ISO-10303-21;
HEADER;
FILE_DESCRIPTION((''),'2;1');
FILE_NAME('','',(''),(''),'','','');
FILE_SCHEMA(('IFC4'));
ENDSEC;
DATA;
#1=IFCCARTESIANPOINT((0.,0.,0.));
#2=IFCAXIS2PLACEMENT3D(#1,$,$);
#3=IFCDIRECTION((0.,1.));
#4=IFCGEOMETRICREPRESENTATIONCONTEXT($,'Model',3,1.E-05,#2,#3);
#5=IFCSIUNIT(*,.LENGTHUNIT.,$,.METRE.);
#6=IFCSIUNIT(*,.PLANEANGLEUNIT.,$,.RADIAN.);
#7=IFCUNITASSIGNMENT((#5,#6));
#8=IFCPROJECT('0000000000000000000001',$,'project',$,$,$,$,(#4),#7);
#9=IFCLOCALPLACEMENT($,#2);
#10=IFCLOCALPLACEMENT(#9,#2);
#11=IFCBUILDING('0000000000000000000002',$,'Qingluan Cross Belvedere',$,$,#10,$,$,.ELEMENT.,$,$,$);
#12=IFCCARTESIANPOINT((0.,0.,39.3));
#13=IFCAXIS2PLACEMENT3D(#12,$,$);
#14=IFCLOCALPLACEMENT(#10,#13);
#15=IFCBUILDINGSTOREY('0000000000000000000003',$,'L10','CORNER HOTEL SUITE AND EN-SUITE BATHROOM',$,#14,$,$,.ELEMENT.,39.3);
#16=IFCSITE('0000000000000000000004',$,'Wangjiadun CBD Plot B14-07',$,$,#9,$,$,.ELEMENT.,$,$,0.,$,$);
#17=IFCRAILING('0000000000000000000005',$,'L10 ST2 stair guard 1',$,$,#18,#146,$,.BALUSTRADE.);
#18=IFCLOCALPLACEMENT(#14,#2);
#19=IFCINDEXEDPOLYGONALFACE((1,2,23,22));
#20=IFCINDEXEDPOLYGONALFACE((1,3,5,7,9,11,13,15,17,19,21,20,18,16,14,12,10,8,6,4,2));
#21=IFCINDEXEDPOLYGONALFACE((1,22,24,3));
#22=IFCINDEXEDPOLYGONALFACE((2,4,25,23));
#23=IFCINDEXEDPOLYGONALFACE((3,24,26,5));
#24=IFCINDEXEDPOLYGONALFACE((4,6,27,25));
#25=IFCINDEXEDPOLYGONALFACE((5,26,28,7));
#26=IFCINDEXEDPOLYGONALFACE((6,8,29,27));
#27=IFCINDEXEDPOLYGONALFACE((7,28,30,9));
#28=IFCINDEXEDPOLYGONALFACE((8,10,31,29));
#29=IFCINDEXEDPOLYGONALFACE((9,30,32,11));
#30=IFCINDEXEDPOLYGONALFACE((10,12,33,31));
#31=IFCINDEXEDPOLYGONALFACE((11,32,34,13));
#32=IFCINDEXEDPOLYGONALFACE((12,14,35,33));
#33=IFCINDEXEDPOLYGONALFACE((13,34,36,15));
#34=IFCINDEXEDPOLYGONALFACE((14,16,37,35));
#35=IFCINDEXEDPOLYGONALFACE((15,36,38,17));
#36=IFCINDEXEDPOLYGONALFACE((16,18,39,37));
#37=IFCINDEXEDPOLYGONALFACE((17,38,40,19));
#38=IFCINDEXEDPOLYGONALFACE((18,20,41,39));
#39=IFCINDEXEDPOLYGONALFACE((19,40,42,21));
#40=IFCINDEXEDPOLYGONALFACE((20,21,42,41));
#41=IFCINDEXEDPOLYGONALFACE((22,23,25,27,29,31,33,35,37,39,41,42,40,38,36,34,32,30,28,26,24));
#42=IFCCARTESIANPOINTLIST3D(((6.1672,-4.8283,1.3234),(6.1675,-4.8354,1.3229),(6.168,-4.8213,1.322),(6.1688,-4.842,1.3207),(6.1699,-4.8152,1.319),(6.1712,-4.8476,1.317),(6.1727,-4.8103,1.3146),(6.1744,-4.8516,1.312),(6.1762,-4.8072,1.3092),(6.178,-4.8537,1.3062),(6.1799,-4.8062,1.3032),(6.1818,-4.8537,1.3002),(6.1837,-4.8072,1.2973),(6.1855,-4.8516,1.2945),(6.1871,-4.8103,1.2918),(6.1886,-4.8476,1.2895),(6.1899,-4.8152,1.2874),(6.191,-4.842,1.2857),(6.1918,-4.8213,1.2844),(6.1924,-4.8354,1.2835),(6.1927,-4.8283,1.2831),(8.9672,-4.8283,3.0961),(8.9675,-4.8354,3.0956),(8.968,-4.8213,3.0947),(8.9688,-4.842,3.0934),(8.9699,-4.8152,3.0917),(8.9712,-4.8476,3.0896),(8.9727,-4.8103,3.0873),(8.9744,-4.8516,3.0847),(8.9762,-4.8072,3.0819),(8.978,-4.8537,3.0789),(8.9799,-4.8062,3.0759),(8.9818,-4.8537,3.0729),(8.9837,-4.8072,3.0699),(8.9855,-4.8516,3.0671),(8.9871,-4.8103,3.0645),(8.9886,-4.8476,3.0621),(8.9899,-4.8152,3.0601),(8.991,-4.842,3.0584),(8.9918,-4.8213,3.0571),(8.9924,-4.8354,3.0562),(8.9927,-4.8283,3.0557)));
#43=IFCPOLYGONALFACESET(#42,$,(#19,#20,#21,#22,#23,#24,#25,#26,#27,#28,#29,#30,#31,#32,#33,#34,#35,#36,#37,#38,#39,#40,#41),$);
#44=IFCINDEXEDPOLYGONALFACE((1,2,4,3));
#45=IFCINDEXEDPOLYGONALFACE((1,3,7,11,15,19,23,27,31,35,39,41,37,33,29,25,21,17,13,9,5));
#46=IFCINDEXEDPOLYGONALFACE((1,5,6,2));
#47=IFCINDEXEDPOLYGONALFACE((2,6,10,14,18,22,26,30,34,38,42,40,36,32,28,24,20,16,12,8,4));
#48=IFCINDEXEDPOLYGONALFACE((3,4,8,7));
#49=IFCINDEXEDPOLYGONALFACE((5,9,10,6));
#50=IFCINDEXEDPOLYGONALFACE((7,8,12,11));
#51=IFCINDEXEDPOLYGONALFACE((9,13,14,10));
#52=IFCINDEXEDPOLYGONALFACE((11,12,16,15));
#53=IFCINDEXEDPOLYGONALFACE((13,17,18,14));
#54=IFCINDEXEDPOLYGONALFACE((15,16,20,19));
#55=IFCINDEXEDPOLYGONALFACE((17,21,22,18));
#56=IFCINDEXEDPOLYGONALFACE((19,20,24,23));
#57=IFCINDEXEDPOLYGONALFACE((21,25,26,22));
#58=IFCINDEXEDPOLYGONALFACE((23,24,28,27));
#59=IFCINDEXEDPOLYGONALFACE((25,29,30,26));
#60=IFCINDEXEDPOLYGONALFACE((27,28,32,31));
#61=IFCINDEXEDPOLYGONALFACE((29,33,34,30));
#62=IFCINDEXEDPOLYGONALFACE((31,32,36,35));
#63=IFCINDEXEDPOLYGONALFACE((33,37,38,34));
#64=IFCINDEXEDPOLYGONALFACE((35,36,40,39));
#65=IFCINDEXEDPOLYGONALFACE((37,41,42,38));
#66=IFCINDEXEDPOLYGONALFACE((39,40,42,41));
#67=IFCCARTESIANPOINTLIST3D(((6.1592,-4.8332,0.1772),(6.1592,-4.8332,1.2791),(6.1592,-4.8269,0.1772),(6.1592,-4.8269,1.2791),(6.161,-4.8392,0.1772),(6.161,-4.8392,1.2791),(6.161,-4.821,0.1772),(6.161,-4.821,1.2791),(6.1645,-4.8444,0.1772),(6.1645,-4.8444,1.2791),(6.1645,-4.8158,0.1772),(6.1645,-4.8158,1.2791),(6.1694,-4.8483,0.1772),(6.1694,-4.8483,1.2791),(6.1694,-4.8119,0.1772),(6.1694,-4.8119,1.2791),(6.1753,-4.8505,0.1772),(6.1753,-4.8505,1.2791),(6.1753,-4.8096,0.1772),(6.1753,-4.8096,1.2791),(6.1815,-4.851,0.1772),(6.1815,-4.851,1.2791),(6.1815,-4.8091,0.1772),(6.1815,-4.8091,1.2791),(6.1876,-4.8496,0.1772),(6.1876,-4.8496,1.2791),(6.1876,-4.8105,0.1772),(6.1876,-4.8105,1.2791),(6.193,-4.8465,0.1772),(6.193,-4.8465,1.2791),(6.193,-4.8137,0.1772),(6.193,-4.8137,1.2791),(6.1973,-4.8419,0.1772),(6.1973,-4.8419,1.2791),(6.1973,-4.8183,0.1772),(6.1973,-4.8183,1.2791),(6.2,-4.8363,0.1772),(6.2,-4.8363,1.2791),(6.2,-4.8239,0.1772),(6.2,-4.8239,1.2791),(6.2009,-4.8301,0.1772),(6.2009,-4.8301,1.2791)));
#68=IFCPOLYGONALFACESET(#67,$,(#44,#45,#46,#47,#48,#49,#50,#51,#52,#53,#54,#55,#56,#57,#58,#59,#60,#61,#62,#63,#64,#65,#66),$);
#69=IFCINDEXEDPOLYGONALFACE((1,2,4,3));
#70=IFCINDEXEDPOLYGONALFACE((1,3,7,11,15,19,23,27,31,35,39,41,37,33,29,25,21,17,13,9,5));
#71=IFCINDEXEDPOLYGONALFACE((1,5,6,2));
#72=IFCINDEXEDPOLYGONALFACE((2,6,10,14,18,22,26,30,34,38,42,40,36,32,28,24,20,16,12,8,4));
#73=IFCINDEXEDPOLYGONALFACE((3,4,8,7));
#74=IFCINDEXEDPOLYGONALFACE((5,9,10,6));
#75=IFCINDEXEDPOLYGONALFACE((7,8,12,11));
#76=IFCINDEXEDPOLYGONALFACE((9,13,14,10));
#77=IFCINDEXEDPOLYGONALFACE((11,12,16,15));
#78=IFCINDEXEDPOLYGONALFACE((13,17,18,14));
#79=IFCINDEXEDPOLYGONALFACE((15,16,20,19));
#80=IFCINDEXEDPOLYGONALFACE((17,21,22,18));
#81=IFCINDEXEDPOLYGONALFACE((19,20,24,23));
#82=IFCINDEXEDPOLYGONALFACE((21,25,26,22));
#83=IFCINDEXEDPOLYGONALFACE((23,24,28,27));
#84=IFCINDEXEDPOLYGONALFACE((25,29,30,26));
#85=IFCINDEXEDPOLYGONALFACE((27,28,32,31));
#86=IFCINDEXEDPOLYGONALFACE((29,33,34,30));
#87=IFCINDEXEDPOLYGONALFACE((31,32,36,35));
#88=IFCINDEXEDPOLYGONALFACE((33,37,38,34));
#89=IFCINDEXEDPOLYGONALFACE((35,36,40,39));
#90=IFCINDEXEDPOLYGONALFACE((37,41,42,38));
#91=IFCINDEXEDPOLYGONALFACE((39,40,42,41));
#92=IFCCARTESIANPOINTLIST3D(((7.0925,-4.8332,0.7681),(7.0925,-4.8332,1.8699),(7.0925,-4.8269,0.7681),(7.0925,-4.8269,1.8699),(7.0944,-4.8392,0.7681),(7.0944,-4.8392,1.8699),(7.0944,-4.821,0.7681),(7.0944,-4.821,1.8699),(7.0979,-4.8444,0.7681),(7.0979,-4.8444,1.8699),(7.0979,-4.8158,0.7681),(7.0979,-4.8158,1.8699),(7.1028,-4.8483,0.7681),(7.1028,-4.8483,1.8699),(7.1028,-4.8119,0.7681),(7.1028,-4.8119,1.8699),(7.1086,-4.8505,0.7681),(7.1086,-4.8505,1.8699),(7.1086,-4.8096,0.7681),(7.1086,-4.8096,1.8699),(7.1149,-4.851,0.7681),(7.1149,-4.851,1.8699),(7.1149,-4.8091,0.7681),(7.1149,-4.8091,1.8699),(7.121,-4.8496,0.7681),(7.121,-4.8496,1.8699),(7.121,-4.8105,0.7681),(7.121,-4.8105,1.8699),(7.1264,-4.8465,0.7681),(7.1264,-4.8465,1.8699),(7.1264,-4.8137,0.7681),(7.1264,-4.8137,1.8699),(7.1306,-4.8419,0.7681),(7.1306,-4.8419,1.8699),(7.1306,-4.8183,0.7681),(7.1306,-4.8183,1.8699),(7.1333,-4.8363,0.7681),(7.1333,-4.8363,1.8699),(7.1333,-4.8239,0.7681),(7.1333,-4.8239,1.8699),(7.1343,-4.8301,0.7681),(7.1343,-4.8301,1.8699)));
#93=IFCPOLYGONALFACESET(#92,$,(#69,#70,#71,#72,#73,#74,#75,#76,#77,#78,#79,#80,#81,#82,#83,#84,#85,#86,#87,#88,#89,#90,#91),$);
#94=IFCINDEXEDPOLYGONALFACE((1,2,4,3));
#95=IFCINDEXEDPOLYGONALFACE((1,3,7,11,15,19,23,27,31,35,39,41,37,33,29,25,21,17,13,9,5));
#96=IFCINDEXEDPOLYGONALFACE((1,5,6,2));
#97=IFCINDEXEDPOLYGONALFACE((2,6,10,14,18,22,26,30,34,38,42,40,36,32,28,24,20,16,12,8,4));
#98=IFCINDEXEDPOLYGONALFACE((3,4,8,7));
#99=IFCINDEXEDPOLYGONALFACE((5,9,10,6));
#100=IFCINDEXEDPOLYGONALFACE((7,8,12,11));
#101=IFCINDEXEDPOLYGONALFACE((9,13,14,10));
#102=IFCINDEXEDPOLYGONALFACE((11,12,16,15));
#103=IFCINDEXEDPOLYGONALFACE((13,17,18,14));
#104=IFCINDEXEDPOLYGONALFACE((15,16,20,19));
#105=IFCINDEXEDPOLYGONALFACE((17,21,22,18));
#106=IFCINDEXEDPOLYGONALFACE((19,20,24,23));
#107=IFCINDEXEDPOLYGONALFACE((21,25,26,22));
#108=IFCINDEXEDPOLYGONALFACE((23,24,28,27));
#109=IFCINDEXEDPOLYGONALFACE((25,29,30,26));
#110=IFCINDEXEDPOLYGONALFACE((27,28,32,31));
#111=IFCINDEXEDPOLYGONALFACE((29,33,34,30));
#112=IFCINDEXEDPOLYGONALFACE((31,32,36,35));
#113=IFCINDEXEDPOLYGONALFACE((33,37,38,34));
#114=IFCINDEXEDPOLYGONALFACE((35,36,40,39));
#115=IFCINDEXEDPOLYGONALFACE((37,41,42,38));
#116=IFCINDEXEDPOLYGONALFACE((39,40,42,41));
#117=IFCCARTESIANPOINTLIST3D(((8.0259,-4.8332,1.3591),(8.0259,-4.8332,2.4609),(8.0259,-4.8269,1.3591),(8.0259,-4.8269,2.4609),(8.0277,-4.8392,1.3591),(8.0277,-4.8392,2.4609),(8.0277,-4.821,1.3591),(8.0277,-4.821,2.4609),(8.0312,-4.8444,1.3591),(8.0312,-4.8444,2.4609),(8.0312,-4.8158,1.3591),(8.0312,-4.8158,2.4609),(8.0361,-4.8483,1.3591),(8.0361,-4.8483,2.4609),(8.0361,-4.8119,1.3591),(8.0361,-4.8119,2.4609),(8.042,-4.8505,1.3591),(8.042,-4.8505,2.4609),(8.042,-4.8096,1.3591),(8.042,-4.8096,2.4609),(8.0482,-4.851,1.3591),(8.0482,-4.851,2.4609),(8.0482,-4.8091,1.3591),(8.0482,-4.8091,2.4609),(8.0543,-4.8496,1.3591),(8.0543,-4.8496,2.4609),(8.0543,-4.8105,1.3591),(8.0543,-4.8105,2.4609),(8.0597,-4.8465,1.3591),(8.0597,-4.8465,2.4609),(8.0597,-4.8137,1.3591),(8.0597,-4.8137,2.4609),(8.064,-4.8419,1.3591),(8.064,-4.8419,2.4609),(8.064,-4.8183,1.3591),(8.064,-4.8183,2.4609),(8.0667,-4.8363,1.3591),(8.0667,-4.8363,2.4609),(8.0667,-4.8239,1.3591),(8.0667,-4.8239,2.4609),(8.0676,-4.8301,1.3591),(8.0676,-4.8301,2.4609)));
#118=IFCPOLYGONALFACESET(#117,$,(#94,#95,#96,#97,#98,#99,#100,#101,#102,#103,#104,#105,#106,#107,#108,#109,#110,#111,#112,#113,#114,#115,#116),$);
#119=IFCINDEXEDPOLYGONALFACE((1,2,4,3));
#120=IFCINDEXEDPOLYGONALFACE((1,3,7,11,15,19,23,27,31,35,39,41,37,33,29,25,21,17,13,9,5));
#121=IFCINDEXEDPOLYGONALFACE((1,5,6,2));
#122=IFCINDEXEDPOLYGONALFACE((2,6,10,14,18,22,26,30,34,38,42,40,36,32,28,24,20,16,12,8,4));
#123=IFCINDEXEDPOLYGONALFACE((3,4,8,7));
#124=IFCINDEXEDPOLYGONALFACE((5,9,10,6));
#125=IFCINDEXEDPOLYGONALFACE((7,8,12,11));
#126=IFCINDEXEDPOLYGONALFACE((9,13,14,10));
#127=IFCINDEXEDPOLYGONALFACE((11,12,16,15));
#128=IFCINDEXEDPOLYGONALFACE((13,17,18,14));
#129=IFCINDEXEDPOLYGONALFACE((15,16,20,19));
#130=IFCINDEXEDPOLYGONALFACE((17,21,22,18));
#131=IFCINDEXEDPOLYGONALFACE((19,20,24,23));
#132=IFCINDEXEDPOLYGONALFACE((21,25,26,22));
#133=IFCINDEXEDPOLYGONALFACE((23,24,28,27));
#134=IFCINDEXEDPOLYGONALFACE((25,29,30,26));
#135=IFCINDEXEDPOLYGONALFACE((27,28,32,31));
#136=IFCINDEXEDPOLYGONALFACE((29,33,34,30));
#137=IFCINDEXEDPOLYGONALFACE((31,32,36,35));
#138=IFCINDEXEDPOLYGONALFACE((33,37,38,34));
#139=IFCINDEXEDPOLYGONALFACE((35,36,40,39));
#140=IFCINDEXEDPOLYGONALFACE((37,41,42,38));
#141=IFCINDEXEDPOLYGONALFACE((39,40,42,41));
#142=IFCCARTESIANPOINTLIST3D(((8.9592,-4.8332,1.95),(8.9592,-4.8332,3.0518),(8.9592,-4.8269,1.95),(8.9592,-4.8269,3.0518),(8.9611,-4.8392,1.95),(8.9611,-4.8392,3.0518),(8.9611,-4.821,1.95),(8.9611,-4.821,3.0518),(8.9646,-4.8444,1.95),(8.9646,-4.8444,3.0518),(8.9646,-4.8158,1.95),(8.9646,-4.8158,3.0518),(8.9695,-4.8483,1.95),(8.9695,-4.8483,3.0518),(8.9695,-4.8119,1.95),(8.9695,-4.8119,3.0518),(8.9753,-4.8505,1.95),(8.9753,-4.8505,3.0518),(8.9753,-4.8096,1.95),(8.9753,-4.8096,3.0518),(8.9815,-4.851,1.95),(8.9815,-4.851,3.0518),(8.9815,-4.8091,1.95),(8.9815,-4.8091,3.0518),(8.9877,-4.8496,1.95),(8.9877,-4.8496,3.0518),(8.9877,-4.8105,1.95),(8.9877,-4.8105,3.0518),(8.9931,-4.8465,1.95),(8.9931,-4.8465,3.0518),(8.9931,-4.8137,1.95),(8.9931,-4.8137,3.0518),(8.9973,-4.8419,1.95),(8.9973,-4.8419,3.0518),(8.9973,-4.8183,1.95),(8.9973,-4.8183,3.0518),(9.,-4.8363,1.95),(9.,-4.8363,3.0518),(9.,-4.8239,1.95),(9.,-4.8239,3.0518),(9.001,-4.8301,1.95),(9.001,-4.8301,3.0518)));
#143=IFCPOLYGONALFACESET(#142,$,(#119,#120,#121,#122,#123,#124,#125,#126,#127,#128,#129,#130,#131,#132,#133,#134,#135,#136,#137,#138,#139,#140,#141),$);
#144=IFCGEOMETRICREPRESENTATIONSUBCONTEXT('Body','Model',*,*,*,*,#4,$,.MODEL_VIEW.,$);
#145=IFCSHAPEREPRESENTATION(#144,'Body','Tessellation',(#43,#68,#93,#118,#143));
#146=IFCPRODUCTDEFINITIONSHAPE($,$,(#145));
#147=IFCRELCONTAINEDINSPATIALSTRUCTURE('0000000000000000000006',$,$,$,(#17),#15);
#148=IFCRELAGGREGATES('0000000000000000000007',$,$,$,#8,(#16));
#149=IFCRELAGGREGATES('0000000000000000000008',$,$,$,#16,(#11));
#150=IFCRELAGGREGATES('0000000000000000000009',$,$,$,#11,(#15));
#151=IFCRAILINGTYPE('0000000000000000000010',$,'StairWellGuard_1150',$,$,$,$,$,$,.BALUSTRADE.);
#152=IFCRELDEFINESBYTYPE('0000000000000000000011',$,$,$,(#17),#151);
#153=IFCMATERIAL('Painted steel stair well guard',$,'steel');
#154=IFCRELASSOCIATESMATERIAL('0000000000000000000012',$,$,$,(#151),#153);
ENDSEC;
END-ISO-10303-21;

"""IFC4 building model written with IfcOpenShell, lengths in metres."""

from ifc_helpers import new_model, si_unit, direction, frame, origin, origin_2d, place, context, subcontext, project, spatial, circle, extrude, material, type_object, element, save


model = new_model("IFC4")

# Units and contexts
model_context = context("Model", 3, precision=1e-05, world=origin(), true_north=direction((0.0, 1.0)))
body_context = subcontext(model_context, "Body", "Model", "MODEL_VIEW")
ifc_project = project(units=[si_unit("LENGTHUNIT", "METRE"), si_unit("PLANEANGLEUNIT", "RADIAN")], contexts=[model_context])

# Site, building, storey
site_placement = place(None, origin())
site = spatial("IfcSite", under=ifc_project, at=site_placement, Name="Wangjiadun CBD Plot B14-07", CompositionType="ELEMENT", RefElevation=0.0)
building_placement = place(site_placement, origin())
building = spatial("IfcBuilding", under=site, at=building_placement, Name="Qingluan Cross Belvedere", CompositionType="ELEMENT")
storey_placement = place(building_placement, frame((0.0, 0.0, 39.3)))
storey = spatial("IfcBuildingStorey", under=building, at=storey_placement, Name="L10", Description="CORNER HOTEL SUITE AND EN-SUITE BATHROOM", CompositionType="ELEMENT", Elevation=39.3)

# Railing
ifc_material_1 = material(Name="Painted steel stair well guard", Category="steel")
railing_type_1 = type_object("IfcRailingType", Name="StairWellGuard_1150", PredefinedType="BALUSTRADE", material=ifc_material_1)
railing_1_placement = place(storey_placement, frame((6.1799, -4.8301, 0.1772)))
element("IfcRailing", 1, at=railing_1_placement, inside=storey, type_object=railing_type_1, Name="L10 ST2 stair guard 1", PredefinedType="BALUSTRADE", context=body_context, shape_type="SweptSolid", body=[
    extrude(circle(Radius=0.0239, at=origin_2d()), frame((0.0, 0.0, 1.126), z_axis=(0.844909, 0.0, 0.53491), x_axis=(0.0, 1.0, 0.0)), (0.0, 0.0, 1.0), 3.314),
    extrude(circle(Radius=0.021, at=origin_2d()), origin(), (0.0, 0.0, 1.0), 1.1018),
    extrude(circle(Radius=0.021, at=origin_2d()), frame((0.9333, 0.0, 0.5908)), (0.0, 0.0, 1.0), 1.1018),
    extrude(circle(Radius=0.021, at=origin_2d()), frame((1.8667, 0.0, 1.1819)), (0.0, 0.0, 1.0), 1.1018),
    extrude(circle(Radius=0.021, at=origin_2d()), frame((2.8, 0.0, 1.7727)), (0.0, 0.0, 1.0), 1.1018),
])

save(model, "model.ifc")
